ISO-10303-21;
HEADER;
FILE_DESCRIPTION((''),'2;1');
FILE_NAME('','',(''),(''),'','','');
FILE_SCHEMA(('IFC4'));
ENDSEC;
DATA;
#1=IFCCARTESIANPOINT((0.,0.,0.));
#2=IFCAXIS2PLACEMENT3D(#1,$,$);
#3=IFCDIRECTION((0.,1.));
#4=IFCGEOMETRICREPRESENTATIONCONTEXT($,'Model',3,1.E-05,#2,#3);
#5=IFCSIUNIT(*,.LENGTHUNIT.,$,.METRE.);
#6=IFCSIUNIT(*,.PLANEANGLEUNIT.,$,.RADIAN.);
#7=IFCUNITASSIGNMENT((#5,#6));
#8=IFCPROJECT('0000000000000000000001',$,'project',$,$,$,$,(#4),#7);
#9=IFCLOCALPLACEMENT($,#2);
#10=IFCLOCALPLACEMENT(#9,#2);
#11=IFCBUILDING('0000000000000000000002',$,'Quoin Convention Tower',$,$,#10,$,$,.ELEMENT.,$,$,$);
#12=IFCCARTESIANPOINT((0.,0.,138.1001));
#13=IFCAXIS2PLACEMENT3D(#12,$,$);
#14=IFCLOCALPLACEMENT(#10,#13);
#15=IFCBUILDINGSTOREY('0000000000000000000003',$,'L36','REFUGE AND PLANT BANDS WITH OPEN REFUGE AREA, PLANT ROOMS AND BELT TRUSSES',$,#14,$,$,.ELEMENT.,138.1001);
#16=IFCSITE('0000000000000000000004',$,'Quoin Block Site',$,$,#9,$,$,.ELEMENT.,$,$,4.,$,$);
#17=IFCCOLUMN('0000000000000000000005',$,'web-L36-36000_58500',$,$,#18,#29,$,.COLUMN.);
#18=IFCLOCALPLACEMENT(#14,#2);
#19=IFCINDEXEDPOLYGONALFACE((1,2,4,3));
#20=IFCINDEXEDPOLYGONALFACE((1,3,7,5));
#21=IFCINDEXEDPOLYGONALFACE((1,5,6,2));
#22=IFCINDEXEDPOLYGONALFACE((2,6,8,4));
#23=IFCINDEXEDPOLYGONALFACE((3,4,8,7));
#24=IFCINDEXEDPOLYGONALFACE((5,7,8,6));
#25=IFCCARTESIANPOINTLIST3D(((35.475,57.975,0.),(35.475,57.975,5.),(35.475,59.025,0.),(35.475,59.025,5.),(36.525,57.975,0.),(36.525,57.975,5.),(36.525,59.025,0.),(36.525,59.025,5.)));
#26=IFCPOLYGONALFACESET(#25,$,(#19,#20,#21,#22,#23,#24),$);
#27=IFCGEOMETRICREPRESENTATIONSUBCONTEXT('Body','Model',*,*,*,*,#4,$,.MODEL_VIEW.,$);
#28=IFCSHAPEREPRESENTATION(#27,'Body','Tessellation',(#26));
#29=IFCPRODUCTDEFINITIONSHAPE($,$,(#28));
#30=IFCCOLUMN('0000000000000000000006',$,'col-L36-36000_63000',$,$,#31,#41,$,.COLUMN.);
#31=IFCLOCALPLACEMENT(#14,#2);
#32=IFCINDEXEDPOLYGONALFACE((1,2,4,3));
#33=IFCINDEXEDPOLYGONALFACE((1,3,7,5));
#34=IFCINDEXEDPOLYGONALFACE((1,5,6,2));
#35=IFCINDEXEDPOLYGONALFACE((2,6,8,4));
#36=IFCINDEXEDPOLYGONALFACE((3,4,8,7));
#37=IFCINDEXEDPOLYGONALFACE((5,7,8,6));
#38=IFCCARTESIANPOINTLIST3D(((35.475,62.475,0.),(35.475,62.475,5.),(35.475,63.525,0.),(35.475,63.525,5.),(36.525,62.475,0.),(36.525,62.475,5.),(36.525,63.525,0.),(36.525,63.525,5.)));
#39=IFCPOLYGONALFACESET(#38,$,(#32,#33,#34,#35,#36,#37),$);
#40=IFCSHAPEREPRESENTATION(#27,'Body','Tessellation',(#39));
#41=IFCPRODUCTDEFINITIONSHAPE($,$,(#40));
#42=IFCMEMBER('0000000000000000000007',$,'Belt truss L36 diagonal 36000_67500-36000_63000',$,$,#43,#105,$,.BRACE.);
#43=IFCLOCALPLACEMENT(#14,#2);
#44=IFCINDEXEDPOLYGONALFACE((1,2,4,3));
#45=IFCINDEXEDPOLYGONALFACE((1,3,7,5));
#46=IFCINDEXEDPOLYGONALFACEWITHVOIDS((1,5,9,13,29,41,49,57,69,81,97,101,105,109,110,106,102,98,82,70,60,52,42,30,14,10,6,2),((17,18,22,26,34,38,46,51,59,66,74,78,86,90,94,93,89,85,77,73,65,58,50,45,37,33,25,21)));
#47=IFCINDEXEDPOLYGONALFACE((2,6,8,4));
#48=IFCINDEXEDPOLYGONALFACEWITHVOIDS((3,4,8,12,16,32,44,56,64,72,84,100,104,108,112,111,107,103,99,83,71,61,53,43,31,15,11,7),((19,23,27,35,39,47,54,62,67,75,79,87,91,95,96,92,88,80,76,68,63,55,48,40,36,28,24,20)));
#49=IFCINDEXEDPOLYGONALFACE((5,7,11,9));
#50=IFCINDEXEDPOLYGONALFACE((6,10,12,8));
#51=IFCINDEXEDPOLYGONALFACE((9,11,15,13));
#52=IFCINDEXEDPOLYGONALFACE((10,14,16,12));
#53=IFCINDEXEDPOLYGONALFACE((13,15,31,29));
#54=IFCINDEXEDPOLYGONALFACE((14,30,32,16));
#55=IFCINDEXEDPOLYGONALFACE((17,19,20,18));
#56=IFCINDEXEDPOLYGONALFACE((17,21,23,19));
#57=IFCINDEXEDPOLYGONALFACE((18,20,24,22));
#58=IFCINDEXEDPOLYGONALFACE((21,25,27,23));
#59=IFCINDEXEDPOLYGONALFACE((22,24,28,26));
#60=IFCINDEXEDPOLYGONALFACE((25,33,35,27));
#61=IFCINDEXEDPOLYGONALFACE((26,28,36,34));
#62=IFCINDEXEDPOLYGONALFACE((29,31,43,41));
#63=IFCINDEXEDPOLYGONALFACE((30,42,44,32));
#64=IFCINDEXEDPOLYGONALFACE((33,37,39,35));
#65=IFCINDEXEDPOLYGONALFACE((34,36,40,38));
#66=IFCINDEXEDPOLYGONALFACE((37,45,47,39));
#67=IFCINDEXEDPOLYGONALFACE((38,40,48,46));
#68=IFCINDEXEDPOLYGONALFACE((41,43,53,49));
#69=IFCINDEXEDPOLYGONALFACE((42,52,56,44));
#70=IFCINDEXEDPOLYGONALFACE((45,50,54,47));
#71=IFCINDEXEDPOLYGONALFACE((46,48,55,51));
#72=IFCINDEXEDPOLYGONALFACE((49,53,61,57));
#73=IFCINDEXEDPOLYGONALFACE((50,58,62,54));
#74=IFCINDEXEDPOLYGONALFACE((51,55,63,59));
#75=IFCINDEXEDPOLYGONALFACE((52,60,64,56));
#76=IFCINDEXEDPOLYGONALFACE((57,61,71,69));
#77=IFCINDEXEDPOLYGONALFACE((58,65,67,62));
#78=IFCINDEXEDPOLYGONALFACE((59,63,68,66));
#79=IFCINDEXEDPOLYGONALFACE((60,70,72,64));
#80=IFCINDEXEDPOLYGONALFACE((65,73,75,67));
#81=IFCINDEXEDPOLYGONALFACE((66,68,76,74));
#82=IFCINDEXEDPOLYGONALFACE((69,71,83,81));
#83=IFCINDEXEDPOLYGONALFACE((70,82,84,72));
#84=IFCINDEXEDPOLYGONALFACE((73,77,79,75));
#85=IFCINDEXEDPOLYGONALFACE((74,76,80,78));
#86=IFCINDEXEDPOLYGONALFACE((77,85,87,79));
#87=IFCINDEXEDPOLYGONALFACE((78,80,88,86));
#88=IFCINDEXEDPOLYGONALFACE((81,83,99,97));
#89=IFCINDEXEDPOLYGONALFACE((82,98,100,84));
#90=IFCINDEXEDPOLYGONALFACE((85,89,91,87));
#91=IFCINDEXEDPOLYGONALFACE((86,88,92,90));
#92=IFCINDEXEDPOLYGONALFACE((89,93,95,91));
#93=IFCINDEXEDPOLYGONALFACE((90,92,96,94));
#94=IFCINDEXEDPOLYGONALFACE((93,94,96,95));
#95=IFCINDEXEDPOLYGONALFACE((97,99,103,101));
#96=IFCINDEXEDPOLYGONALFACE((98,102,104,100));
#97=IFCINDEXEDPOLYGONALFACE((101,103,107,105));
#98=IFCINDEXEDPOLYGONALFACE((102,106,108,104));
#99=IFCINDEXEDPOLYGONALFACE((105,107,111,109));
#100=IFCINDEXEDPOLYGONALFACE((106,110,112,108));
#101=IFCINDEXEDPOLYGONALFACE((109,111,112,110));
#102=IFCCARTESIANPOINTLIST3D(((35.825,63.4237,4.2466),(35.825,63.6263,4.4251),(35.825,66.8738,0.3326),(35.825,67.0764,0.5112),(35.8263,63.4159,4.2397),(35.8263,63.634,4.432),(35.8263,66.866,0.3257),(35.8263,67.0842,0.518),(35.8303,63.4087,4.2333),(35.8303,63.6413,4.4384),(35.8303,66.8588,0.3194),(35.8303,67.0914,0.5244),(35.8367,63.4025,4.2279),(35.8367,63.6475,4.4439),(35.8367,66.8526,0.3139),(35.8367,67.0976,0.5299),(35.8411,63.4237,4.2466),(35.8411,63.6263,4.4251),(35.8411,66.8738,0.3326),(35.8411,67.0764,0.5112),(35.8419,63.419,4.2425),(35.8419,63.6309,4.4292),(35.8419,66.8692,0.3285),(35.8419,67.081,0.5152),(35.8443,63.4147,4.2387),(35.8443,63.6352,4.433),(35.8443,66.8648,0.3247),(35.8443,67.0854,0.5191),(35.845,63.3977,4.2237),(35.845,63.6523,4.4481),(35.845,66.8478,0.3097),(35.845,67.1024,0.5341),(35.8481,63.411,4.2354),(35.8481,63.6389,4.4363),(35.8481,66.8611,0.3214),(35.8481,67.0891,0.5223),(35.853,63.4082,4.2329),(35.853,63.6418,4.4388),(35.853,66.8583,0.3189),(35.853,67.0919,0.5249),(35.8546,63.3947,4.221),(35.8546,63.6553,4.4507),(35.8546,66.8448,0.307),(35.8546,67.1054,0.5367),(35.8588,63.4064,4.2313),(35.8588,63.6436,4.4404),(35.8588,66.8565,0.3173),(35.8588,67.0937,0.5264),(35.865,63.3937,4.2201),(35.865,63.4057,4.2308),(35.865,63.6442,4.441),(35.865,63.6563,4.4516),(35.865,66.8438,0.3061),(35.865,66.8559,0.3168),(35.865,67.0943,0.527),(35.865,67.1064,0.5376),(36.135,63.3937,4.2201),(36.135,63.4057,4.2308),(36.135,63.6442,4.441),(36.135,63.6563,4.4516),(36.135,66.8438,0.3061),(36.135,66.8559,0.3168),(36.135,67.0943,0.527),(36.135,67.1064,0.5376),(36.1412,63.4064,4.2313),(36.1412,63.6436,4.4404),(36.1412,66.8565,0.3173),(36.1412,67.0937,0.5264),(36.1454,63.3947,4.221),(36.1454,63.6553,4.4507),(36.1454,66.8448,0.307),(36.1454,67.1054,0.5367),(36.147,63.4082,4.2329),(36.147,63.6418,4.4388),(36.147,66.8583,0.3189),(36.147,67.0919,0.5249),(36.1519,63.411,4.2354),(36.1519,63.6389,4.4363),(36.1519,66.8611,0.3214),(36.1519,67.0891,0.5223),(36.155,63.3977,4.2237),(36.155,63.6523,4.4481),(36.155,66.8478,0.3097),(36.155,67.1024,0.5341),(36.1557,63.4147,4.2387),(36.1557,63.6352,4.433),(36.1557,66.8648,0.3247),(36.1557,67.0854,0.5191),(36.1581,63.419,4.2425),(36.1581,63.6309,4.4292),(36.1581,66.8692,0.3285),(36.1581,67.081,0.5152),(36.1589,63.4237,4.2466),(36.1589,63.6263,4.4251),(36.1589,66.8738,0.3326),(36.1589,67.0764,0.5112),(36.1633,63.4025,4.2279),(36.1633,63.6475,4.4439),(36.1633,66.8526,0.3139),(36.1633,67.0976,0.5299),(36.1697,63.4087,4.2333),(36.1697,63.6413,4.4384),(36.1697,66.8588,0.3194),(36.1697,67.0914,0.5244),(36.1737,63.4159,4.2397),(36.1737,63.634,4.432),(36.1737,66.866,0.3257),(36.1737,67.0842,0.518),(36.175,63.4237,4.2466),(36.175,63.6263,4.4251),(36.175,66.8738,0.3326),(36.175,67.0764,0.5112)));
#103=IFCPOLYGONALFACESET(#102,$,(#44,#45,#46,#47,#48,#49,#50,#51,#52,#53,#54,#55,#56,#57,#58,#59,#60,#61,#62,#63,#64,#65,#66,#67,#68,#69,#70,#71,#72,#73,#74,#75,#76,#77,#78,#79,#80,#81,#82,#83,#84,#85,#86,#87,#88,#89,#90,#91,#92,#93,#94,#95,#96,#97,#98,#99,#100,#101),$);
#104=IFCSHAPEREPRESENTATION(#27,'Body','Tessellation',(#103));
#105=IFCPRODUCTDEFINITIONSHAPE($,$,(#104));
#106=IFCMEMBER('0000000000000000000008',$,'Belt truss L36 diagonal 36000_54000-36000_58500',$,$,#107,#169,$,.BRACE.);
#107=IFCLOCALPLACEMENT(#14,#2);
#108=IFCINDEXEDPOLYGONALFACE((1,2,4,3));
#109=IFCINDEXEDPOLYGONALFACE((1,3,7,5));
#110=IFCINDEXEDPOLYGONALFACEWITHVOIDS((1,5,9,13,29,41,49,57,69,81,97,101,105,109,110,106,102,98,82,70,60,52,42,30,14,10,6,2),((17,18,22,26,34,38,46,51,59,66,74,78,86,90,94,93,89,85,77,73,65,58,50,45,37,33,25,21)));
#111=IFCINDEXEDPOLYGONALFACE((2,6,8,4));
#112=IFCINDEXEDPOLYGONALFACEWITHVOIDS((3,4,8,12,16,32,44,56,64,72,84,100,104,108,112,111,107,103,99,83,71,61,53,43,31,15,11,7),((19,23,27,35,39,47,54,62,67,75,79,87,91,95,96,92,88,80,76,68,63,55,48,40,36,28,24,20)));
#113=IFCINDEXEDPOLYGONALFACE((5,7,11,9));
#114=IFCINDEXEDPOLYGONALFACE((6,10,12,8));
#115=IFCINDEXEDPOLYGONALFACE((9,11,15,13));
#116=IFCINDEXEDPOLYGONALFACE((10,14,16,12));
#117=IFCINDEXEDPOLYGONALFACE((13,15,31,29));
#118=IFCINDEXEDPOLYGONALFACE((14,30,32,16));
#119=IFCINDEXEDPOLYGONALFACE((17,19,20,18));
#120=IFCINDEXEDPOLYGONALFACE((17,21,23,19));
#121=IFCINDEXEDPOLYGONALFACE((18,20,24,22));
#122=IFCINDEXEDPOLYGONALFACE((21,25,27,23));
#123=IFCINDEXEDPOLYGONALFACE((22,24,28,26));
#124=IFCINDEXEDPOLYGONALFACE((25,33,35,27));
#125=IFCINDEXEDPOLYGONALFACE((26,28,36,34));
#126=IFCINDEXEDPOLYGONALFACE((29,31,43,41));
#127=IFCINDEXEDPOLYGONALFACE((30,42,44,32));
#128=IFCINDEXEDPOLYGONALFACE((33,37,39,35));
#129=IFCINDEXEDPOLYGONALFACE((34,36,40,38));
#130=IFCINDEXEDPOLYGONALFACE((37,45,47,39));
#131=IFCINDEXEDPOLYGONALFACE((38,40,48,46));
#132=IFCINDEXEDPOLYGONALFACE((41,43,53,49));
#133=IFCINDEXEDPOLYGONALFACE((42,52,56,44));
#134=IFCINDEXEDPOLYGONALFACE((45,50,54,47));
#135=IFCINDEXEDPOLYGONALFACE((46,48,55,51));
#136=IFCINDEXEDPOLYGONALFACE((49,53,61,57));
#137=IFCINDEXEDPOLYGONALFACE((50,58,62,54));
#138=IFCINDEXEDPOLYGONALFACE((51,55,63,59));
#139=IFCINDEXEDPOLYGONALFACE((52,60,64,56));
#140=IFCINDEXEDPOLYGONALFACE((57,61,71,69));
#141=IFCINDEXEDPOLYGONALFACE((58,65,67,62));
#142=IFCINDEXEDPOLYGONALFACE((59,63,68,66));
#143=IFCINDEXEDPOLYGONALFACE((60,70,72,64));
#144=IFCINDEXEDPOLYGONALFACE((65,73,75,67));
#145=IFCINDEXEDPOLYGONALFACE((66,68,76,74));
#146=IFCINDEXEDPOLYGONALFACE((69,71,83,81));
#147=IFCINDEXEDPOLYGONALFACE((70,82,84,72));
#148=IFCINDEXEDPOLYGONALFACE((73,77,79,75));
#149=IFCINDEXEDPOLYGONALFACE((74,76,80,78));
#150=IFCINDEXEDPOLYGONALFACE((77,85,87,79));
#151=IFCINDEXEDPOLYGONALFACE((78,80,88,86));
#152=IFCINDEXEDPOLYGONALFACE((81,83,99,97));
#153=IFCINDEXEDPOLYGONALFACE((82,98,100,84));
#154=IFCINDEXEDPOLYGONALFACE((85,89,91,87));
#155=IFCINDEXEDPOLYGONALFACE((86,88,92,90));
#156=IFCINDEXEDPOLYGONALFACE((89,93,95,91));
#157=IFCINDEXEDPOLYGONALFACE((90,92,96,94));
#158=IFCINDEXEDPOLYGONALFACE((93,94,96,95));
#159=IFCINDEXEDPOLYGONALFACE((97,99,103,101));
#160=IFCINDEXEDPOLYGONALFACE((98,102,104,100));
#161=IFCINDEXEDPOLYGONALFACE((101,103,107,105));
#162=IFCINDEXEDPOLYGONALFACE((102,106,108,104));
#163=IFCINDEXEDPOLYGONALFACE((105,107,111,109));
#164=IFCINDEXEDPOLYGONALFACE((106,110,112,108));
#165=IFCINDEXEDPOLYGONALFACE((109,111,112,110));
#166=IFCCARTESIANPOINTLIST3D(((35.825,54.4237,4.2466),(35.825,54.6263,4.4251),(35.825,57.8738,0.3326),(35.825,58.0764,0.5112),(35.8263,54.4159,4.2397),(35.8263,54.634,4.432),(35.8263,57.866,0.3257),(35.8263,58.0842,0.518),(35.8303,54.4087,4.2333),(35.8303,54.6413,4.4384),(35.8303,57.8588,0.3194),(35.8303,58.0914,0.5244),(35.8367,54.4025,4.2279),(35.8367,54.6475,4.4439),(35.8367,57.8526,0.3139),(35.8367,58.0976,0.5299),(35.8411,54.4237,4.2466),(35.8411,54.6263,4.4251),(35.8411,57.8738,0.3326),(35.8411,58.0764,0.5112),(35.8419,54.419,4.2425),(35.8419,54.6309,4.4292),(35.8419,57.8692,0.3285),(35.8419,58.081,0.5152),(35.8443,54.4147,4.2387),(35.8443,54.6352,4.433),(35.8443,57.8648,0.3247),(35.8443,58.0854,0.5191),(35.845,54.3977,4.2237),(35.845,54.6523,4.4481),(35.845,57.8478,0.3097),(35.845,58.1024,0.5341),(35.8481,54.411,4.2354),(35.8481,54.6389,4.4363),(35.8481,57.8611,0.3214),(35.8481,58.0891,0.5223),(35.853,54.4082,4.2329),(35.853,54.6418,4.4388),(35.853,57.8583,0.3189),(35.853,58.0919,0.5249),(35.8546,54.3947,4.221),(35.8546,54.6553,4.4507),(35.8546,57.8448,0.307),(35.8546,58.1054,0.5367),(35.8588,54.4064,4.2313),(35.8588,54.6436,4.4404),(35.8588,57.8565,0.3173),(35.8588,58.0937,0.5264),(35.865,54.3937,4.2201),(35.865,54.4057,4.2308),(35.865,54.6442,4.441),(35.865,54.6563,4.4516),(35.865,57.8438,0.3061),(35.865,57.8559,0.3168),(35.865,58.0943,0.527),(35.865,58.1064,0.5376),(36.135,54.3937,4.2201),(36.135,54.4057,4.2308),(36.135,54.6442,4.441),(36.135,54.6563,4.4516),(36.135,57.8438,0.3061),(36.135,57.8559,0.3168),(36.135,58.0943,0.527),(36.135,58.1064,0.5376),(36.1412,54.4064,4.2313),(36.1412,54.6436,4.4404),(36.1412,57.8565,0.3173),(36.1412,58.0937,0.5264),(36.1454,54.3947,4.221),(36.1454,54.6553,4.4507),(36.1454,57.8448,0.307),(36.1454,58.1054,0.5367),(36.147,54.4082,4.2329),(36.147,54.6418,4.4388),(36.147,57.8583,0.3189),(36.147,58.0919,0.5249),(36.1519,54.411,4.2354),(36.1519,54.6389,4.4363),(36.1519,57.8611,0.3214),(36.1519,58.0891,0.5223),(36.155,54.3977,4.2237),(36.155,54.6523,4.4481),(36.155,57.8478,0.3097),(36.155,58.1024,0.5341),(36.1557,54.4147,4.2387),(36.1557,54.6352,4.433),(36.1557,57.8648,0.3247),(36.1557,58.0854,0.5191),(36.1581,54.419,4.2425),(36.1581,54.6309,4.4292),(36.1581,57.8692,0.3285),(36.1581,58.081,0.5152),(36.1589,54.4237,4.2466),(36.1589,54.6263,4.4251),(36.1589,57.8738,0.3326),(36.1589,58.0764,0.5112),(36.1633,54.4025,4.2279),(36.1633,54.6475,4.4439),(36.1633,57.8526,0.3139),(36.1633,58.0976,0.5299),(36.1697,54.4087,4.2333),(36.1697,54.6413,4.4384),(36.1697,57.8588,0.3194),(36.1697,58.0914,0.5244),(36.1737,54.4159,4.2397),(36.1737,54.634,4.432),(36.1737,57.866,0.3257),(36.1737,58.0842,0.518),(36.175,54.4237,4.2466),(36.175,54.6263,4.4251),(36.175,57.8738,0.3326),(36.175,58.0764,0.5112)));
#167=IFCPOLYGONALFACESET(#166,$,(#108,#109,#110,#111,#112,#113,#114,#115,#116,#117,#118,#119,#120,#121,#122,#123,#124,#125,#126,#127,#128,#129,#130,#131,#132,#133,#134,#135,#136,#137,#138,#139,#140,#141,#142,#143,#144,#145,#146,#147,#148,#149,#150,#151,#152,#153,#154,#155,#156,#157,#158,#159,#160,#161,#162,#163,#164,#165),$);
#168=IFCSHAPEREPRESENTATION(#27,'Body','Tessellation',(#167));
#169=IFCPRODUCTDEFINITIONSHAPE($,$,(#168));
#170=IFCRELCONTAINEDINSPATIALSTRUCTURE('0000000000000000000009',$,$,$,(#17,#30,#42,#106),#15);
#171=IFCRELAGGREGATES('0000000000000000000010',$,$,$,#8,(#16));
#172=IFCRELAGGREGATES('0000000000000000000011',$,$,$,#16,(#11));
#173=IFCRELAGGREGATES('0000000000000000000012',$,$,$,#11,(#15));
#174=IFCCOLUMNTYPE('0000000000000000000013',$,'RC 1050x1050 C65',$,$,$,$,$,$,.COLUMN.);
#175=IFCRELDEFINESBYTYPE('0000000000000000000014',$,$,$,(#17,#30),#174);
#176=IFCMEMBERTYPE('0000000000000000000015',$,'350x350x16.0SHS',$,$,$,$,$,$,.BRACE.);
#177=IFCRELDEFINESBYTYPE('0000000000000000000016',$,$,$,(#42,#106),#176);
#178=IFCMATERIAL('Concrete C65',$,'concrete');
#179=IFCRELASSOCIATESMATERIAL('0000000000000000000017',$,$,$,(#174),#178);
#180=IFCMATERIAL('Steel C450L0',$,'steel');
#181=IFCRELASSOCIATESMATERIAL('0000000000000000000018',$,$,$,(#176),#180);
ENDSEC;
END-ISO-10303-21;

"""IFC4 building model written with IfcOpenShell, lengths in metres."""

from ifc_helpers import new_model, si_unit, direction, frame, origin, origin_2d, place, context, subcontext, project, spatial, rectangle, hollow_rectangle, extrude, material, material_profile, profile_set, type_object, element, save


model = new_model("IFC4")

# Units and contexts
model_context = context("Model", 3, precision=1e-05, world=origin(), true_north=direction((0.0, 1.0)))
body_context = subcontext(model_context, "Body", "Model", "MODEL_VIEW")
ifc_project = project(units=[si_unit("LENGTHUNIT", "METRE"), si_unit("PLANEANGLEUNIT", "RADIAN")], contexts=[model_context])

# Site, building, storey
site_placement = place(None, origin())
site = spatial("IfcSite", under=ifc_project, at=site_placement, Name="Quoin Block Site", CompositionType="ELEMENT", RefElevation=4.0)
building_placement = place(site_placement, origin())
building = spatial("IfcBuilding", under=site, at=building_placement, Name="Quoin Convention Tower", CompositionType="ELEMENT")
storey_placement = place(building_placement, frame((0.0, 0.0, 138.1001)))
storey = spatial("IfcBuildingStorey", under=building, at=storey_placement, Name="L36", Description="REFUGE AND PLANT BANDS WITH OPEN REFUGE AREA, PLANT ROOMS AND BELT TRUSSES", CompositionType="ELEMENT", Elevation=138.1001)

# Columns
ifc_material_1 = material(Name="Concrete C65", Category="concrete")
ifc_material_profile_1 = material_profile(ifc_material_1, rectangle(XDim=1.05, YDim=1.05, at=origin_2d()), Name="RC 1050x1050")
ifc_profile_set_1 = profile_set([ifc_material_profile_1], Name="Concrete C65")
column_type = type_object("IfcColumnType", Name="RC 1050x1050 C65", PredefinedType="COLUMN", material=ifc_profile_set_1)
for number, where, z_axis, x_axis, name in (
    (1, (36.0, 58.5, 0.0), (0.0, 0.0, 1.0), (1.0, 0.0, 0.0), "web-L36-36000_58500"),
    (2, (36.0, 63.0, 0.0), (0.0, 0.0, 1.0), (1.0, 0.0, 0.0), "col-L36-36000_63000"),
):
    element("IfcColumn", number, at=place(storey_placement, frame(where, z_axis=z_axis, x_axis=x_axis)), inside=storey, type_object=column_type, Name=name, PredefinedType="COLUMN", context=body_context, shape_type="SweptSolid", body=[
        extrude(rectangle(XDim=1.05, YDim=1.05, at=origin_2d()), origin(), (0.0, 0.0, 1.0), 5.0),
    ])

# Members
ifc_material_2 = material(Name="Steel C450L0", Category="steel")
ifc_material_profile_2 = material_profile(ifc_material_2, hollow_rectangle(XDim=0.3501, YDim=0.3501, WallThickness=0.0161, InnerFilletRadius=0.0239, OuterFilletRadius=0.04, at=origin_2d()), Name="350x350x16.0SHS")
ifc_profile_set_2 = profile_set([ifc_material_profile_2], Name="Steel C450L0")
member_type_1 = type_object("IfcMemberType", Name="350x350x16.0SHS", PredefinedType="BRACE", material=ifc_profile_set_2)
for number, where, z_axis, x_axis, name in (
    (3, (36.0, 66.9751, 0.4219), (0.0, -0.661256, 0.75016), (1.0, 0.0, 0.0), "Belt truss L36 diagonal 36000_67500-36000_63000"),
    (4, (36.0, 57.9751, 0.4219), (0.0, -0.661256, 0.75016), (1.0, 0.0, 0.0), "Belt truss L36 diagonal 36000_54000-36000_58500"),
):
    element("IfcMember", number, at=place(storey_placement, frame(where, z_axis=z_axis, x_axis=x_axis)), inside=storey, type_object=member_type_1, Name=name, PredefinedType="BRACE", context=body_context, shape_type="SweptSolid", body=[
        extrude(hollow_rectangle(XDim=0.3501, YDim=0.3501, WallThickness=0.0161, InnerFilletRadius=0.0239, OuterFilletRadius=0.04, at=origin_2d()), origin(), (0.0, 0.0, 1.0), 5.2175),
    ])

save(model, "model.ifc")
